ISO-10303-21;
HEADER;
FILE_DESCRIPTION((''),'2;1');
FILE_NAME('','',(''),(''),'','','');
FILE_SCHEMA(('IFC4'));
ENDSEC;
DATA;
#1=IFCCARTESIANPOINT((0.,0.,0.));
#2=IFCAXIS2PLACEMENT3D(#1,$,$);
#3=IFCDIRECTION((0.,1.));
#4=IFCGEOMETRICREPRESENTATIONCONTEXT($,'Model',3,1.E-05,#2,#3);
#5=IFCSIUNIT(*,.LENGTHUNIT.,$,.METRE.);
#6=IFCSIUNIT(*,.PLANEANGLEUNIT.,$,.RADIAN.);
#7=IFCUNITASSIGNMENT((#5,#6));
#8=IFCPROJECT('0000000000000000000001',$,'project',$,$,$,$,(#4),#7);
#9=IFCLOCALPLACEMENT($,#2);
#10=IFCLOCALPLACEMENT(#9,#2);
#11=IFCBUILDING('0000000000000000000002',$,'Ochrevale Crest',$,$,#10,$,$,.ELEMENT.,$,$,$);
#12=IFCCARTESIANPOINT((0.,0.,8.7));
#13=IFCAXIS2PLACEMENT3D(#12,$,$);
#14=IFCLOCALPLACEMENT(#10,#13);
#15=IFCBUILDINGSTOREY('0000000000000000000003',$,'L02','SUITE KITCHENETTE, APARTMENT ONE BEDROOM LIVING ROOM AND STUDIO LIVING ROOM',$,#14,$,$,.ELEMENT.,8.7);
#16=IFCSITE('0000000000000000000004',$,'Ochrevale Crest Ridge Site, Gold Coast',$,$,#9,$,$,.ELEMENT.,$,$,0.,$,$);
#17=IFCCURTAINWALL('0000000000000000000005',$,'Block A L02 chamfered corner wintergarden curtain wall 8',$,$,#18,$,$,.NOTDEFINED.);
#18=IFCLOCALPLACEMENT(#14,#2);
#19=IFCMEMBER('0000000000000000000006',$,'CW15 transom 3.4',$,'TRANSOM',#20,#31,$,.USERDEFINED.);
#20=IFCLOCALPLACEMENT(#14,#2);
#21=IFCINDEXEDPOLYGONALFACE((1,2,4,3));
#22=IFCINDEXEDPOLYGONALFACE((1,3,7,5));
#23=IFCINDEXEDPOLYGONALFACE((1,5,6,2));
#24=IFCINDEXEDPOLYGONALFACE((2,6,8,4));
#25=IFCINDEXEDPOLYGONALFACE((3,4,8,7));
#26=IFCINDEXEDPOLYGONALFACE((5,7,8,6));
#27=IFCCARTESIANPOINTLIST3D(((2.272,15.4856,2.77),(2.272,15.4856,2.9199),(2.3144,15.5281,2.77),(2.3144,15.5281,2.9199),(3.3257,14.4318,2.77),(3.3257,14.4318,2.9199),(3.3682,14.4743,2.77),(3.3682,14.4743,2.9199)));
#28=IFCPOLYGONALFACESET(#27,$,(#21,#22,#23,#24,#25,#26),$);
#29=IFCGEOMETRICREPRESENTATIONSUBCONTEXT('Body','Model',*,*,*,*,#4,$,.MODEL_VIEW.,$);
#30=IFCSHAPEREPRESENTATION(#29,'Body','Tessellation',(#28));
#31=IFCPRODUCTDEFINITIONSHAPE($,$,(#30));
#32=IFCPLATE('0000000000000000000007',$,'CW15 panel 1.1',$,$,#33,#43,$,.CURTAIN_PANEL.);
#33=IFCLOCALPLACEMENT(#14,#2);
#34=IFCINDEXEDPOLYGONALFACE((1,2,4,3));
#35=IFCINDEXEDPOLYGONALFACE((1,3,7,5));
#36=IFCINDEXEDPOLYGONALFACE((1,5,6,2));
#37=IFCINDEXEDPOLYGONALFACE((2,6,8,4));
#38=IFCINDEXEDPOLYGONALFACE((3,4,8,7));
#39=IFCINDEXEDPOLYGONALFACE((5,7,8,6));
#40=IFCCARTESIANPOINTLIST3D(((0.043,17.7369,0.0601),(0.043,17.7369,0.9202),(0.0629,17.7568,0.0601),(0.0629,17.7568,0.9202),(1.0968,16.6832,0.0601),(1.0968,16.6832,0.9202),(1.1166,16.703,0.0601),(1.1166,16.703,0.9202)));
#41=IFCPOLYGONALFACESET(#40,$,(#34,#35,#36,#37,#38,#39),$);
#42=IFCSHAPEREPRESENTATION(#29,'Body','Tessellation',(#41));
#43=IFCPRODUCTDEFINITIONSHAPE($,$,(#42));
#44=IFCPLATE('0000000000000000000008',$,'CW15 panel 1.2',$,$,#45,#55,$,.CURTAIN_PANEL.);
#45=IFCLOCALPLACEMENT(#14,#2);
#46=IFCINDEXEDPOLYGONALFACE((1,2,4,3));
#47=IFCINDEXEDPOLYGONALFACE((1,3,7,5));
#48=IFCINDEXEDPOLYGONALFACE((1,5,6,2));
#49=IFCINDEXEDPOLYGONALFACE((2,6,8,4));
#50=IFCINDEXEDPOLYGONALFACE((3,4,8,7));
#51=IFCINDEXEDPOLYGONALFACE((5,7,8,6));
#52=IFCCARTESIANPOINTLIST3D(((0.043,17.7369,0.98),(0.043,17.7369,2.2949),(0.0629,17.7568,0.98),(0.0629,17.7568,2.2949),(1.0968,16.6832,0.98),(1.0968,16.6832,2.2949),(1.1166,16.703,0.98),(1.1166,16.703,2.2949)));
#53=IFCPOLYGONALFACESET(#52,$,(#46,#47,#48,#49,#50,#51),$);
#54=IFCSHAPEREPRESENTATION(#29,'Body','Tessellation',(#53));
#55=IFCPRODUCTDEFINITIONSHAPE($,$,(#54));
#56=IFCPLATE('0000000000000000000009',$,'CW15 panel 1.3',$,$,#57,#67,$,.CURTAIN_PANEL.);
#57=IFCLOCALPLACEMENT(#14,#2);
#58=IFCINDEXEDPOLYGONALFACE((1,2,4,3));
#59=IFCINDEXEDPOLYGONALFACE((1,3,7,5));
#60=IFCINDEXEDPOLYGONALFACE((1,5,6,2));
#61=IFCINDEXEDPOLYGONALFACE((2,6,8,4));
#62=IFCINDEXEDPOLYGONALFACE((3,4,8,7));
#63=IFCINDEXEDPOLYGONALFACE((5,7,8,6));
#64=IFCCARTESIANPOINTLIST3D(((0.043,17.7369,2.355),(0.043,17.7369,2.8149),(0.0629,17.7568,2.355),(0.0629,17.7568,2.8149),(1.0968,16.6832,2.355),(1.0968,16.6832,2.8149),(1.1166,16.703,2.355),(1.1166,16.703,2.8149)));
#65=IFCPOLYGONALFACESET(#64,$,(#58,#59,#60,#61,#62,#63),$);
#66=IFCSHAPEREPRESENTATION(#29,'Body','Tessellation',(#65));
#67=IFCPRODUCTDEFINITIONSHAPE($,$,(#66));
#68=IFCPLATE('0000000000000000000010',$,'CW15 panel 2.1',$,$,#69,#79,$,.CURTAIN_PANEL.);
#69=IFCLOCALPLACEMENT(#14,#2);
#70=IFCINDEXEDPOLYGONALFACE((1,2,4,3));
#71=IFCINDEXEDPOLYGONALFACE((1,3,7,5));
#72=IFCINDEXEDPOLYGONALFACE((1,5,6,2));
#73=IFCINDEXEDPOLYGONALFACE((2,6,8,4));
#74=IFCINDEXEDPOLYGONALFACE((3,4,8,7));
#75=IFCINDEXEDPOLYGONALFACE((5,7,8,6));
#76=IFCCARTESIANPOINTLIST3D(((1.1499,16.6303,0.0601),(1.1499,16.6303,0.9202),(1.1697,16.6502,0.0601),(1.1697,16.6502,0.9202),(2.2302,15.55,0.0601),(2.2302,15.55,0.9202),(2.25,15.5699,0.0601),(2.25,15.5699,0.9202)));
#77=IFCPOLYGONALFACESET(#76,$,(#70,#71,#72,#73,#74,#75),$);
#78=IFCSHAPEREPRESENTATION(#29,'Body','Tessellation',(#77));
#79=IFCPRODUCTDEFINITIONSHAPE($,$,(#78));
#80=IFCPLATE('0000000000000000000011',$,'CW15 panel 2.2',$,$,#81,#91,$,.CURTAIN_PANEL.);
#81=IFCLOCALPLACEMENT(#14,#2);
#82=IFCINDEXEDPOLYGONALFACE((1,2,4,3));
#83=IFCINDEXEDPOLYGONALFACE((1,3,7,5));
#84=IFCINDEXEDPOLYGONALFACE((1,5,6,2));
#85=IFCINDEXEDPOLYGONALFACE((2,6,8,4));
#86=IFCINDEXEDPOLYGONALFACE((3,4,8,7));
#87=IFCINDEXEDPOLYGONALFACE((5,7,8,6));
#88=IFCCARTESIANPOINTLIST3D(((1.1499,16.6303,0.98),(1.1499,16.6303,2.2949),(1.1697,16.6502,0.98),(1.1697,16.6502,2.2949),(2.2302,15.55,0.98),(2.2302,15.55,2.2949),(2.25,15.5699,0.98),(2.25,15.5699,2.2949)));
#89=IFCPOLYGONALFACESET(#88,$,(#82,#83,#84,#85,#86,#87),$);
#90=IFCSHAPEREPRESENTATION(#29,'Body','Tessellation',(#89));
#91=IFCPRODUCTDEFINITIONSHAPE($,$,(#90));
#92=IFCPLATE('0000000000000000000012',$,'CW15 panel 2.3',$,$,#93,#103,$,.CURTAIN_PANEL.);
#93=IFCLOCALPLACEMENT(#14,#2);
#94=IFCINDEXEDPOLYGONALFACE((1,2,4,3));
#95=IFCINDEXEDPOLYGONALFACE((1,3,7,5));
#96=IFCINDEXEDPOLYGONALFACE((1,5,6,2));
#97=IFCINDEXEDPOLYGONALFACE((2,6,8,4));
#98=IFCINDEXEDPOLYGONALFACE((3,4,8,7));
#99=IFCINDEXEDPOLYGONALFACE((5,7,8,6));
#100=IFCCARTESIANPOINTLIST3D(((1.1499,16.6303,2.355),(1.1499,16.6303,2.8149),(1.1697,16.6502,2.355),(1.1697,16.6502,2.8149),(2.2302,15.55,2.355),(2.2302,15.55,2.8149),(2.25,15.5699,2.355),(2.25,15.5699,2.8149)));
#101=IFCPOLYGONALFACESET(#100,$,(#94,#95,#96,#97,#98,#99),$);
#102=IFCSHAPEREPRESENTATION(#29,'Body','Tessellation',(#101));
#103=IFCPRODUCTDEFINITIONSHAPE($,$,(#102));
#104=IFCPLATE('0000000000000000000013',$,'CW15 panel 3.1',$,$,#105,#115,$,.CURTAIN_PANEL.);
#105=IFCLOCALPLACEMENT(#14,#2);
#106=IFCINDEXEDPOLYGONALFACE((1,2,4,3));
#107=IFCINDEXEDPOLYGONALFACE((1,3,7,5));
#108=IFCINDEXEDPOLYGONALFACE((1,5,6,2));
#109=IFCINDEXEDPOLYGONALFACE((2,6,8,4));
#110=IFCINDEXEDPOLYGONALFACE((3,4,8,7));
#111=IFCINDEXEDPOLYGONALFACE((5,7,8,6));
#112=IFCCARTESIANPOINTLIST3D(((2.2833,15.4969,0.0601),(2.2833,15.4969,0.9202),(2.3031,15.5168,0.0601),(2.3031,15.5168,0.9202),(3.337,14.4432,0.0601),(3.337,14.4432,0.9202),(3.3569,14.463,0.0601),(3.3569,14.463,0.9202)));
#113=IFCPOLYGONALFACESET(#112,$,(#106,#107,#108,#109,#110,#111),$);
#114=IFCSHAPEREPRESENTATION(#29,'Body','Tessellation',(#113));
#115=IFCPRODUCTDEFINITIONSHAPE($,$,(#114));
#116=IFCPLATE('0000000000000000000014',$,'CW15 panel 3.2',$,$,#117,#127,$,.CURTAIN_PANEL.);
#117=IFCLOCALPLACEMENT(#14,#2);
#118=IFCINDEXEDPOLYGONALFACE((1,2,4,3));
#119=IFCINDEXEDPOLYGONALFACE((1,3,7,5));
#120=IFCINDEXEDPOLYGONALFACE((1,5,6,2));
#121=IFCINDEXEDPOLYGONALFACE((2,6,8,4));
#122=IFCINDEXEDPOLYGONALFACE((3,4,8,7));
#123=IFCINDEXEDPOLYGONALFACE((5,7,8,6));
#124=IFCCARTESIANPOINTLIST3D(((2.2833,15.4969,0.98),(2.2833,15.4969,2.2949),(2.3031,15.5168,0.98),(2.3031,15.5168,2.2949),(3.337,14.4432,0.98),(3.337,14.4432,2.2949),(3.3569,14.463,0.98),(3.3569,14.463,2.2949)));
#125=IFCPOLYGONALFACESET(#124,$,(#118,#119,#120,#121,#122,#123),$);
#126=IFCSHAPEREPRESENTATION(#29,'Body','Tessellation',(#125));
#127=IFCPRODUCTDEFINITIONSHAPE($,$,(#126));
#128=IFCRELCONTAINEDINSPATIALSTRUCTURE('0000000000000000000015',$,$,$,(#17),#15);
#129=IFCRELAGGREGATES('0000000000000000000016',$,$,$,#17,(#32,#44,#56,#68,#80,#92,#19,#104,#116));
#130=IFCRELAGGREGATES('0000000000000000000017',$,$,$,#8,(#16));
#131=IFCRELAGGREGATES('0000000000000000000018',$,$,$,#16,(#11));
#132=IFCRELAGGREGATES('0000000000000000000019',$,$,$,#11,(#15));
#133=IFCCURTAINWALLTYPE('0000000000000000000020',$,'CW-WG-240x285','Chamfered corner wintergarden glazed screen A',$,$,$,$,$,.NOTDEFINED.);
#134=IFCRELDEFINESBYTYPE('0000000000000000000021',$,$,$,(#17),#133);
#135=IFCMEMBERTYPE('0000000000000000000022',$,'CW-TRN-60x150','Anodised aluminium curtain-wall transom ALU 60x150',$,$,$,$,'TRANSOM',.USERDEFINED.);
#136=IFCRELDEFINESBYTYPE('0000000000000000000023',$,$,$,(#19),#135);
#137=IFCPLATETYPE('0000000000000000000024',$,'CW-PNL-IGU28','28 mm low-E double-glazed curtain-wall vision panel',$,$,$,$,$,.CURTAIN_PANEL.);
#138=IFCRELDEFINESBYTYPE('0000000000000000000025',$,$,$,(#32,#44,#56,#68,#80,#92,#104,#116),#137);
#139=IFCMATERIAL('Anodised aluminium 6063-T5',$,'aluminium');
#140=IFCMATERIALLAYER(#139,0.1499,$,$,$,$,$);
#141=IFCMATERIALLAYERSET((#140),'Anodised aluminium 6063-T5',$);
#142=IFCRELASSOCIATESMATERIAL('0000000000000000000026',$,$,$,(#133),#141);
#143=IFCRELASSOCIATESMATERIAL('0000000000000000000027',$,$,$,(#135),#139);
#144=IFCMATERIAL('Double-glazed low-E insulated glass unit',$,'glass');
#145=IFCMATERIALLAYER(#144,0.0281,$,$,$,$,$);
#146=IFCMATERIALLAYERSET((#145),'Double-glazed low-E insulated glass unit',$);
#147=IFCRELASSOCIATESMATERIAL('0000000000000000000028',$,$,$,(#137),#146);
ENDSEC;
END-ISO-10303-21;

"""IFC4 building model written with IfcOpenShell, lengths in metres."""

from ifc_helpers import new_model, si_unit, direction, frame, origin, origin_2d, place, context, subcontext, project, spatial, rectangle, extrude, material, layer, layer_set, material_profile, profile_set, type_object, element, aggregate, save


model = new_model("IFC4")

# Units and contexts
model_context = context("Model", 3, precision=1e-05, world=origin(), true_north=direction((0.0, 1.0)))
body_context = subcontext(model_context, "Body", "Model", "MODEL_VIEW")
ifc_project = project(units=[si_unit("LENGTHUNIT", "METRE"), si_unit("PLANEANGLEUNIT", "RADIAN")], contexts=[model_context])

# Site, building, storey
site_placement = place(None, origin())
site = spatial("IfcSite", under=ifc_project, at=site_placement, Name="Ochrevale Crest Ridge Site, Gold Coast", CompositionType="ELEMENT", RefElevation=0.0)
building_placement = place(site_placement, origin())
building = spatial("IfcBuilding", under=site, at=building_placement, Name="Ochrevale Crest", CompositionType="ELEMENT")
storey_placement = place(building_placement, frame((0.0, 0.0, 8.7)))
storey = spatial("IfcBuildingStorey", under=building, at=storey_placement, Name="L02", Description="SUITE KITCHENETTE, APARTMENT ONE BEDROOM LIVING ROOM AND STUDIO LIVING ROOM", CompositionType="ELEMENT", Elevation=8.7)

# Curtain wall, member, plates
ifc_material_1 = material(Name="Anodised aluminium 6063-T5", Category="aluminium")
ifc_layer_1 = layer(ifc_material_1, 0.1499)
ifc_layer_set_1 = layer_set([ifc_layer_1], Name="Anodised aluminium 6063-T5")
curtain_wall_type = type_object("IfcCurtainWallType", Name="CW-WG-240x285", Description="Chamfered corner wintergarden glazed screen A", PredefinedType="NOTDEFINED", material=ifc_layer_set_1)
curtain_wall_placement = place(storey_placement, origin())
curtain_wall = element("IfcCurtainWall", 1, at=curtain_wall_placement, inside=storey, type_object=curtain_wall_type, Name="Block A L02 chamfered corner wintergarden curtain wall 8", PredefinedType="NOTDEFINED")
ifc_material_profile_1 = material_profile(ifc_material_1, rectangle(XDim=0.0601, YDim=0.1499, at=origin_2d()), Name="ALU 60x150")
ifc_profile_set_1 = profile_set([ifc_material_profile_1], Name="Anodised aluminium 6063-T5")
member_type_1 = type_object("IfcMemberType", Name="CW-TRN-60x150", Description="Anodised aluminium curtain-wall transom ALU 60x150", ElementType="TRANSOM", PredefinedType="USERDEFINED", material=ifc_profile_set_1)
member_1_placement = place(storey_placement, frame((2.2932, 15.5068, 2.845), z_axis=(0.707107, -0.707107, 0.0), x_axis=(0.707107, 0.707107, 0.0)))
member_1 = element("IfcMember", 2, at=member_1_placement, type_object=member_type_1, Name="CW15 transom 3.4", ObjectType="TRANSOM", PredefinedType="USERDEFINED", context=body_context, shape_type="SweptSolid", body=[
    extrude(rectangle(XDim=0.0601, YDim=0.1499, at=origin_2d()), origin(), (0.0, 0.0, 1.0), 1.4902),
])
ifc_material_2 = material(Name="Double-glazed low-E insulated glass unit", Category="glass")
ifc_layer_2 = layer(ifc_material_2, 0.0281)
ifc_layer_set_2 = layer_set([ifc_layer_2], Name="Double-glazed low-E insulated glass unit")
plate_type = type_object("IfcPlateType", Name="CW-PNL-IGU28", Description="28 mm low-E double-glazed curtain-wall vision panel", PredefinedType="CURTAIN_PANEL", material=ifc_layer_set_2)
plate_1_placement = place(storey_placement, frame((0.5798, 17.22, 0.0601), z_axis=(0.0, 0.0, 1.0), x_axis=(0.707107, -0.707107, 0.0)))
plate_1 = element("IfcPlate", 3, at=plate_1_placement, type_object=plate_type, Name="CW15 panel 1.1", PredefinedType="CURTAIN_PANEL", context=body_context, shape_type="SweptSolid", body=[
    extrude(rectangle(XDim=1.4902, YDim=0.0281, at=origin_2d()), origin(), (0.0, 0.0, 1.0), 0.8601),
])
plate_2_placement = place(storey_placement, frame((0.5798, 17.22, 0.98), z_axis=(0.0, 0.0, 1.0), x_axis=(0.707107, -0.707107, 0.0)))
plate_2 = element("IfcPlate", 4, at=plate_2_placement, type_object=plate_type, Name="CW15 panel 1.2", PredefinedType="CURTAIN_PANEL", context=body_context, shape_type="SweptSolid", body=[
    extrude(rectangle(XDim=1.4902, YDim=0.0281, at=origin_2d()), origin(), (0.0, 0.0, 1.0), 1.3149),
])
plate_3_placement = place(storey_placement, frame((0.5798, 17.22, 2.355), z_axis=(0.0, 0.0, 1.0), x_axis=(0.707107, -0.707107, 0.0)))
plate_3 = element("IfcPlate", 5, at=plate_3_placement, type_object=plate_type, Name="CW15 panel 1.3", PredefinedType="CURTAIN_PANEL", context=body_context, shape_type="SweptSolid", body=[
    extrude(rectangle(XDim=1.4902, YDim=0.0281, at=origin_2d()), origin(), (0.0, 0.0, 1.0), 0.46),
])
plate_4_placement = place(storey_placement, frame((1.7, 16.1001, 0.0601), z_axis=(0.0, 0.0, 1.0), x_axis=(0.707107, -0.707107, 0.0)))
plate_4 = element("IfcPlate", 6, at=plate_4_placement, type_object=plate_type, Name="CW15 panel 2.1", PredefinedType="CURTAIN_PANEL", context=body_context, shape_type="SweptSolid", body=[
    extrude(rectangle(XDim=1.5278, YDim=0.0281, at=origin_2d()), origin(), (0.0, 0.0, 1.0), 0.8601),
])
plate_5_placement = place(storey_placement, frame((1.7, 16.1001, 0.98), z_axis=(0.0, 0.0, 1.0), x_axis=(0.707107, -0.707107, 0.0)))
plate_5 = element("IfcPlate", 7, at=plate_5_placement, type_object=plate_type, Name="CW15 panel 2.2", PredefinedType="CURTAIN_PANEL", context=body_context, shape_type="SweptSolid", body=[
    extrude(rectangle(XDim=1.5278, YDim=0.0281, at=origin_2d()), origin(), (0.0, 0.0, 1.0), 1.3149),
])
plate_6_placement = place(storey_placement, frame((1.7, 16.1001, 2.355), z_axis=(0.0, 0.0, 1.0), x_axis=(0.707107, -0.707107, 0.0)))
plate_6 = element("IfcPlate", 8, at=plate_6_placement, type_object=plate_type, Name="CW15 panel 2.3", PredefinedType="CURTAIN_PANEL", context=body_context, shape_type="SweptSolid", body=[
    extrude(rectangle(XDim=1.5278, YDim=0.0281, at=origin_2d()), origin(), (0.0, 0.0, 1.0), 0.46),
])
plate_7_placement = place(storey_placement, frame((2.8201, 14.98, 0.0601), z_axis=(0.0, 0.0, 1.0), x_axis=(0.707107, -0.707107, 0.0)))
plate_7 = element("IfcPlate", 9, at=plate_7_placement, type_object=plate_type, Name="CW15 panel 3.1", PredefinedType="CURTAIN_PANEL", context=body_context, shape_type="SweptSolid", body=[
    extrude(rectangle(XDim=1.4902, YDim=0.0281, at=origin_2d()), origin(), (0.0, 0.0, 1.0), 0.8601),
])
plate_8_placement = place(storey_placement, frame((2.8201, 14.98, 0.98), z_axis=(0.0, 0.0, 1.0), x_axis=(0.707107, -0.707107, 0.0)))
plate_8 = element("IfcPlate", 10, at=plate_8_placement, type_object=plate_type, Name="CW15 panel 3.2", PredefinedType="CURTAIN_PANEL", context=body_context, shape_type="SweptSolid", body=[
    extrude(rectangle(XDim=1.4902, YDim=0.0281, at=origin_2d()), origin(), (0.0, 0.0, 1.0), 1.3149),
])
aggregate(curtain_wall, [plate_1, plate_2, plate_3, plate_4, plate_5, plate_6, member_1, plate_7, plate_8])

save(model, "model.ifc")
